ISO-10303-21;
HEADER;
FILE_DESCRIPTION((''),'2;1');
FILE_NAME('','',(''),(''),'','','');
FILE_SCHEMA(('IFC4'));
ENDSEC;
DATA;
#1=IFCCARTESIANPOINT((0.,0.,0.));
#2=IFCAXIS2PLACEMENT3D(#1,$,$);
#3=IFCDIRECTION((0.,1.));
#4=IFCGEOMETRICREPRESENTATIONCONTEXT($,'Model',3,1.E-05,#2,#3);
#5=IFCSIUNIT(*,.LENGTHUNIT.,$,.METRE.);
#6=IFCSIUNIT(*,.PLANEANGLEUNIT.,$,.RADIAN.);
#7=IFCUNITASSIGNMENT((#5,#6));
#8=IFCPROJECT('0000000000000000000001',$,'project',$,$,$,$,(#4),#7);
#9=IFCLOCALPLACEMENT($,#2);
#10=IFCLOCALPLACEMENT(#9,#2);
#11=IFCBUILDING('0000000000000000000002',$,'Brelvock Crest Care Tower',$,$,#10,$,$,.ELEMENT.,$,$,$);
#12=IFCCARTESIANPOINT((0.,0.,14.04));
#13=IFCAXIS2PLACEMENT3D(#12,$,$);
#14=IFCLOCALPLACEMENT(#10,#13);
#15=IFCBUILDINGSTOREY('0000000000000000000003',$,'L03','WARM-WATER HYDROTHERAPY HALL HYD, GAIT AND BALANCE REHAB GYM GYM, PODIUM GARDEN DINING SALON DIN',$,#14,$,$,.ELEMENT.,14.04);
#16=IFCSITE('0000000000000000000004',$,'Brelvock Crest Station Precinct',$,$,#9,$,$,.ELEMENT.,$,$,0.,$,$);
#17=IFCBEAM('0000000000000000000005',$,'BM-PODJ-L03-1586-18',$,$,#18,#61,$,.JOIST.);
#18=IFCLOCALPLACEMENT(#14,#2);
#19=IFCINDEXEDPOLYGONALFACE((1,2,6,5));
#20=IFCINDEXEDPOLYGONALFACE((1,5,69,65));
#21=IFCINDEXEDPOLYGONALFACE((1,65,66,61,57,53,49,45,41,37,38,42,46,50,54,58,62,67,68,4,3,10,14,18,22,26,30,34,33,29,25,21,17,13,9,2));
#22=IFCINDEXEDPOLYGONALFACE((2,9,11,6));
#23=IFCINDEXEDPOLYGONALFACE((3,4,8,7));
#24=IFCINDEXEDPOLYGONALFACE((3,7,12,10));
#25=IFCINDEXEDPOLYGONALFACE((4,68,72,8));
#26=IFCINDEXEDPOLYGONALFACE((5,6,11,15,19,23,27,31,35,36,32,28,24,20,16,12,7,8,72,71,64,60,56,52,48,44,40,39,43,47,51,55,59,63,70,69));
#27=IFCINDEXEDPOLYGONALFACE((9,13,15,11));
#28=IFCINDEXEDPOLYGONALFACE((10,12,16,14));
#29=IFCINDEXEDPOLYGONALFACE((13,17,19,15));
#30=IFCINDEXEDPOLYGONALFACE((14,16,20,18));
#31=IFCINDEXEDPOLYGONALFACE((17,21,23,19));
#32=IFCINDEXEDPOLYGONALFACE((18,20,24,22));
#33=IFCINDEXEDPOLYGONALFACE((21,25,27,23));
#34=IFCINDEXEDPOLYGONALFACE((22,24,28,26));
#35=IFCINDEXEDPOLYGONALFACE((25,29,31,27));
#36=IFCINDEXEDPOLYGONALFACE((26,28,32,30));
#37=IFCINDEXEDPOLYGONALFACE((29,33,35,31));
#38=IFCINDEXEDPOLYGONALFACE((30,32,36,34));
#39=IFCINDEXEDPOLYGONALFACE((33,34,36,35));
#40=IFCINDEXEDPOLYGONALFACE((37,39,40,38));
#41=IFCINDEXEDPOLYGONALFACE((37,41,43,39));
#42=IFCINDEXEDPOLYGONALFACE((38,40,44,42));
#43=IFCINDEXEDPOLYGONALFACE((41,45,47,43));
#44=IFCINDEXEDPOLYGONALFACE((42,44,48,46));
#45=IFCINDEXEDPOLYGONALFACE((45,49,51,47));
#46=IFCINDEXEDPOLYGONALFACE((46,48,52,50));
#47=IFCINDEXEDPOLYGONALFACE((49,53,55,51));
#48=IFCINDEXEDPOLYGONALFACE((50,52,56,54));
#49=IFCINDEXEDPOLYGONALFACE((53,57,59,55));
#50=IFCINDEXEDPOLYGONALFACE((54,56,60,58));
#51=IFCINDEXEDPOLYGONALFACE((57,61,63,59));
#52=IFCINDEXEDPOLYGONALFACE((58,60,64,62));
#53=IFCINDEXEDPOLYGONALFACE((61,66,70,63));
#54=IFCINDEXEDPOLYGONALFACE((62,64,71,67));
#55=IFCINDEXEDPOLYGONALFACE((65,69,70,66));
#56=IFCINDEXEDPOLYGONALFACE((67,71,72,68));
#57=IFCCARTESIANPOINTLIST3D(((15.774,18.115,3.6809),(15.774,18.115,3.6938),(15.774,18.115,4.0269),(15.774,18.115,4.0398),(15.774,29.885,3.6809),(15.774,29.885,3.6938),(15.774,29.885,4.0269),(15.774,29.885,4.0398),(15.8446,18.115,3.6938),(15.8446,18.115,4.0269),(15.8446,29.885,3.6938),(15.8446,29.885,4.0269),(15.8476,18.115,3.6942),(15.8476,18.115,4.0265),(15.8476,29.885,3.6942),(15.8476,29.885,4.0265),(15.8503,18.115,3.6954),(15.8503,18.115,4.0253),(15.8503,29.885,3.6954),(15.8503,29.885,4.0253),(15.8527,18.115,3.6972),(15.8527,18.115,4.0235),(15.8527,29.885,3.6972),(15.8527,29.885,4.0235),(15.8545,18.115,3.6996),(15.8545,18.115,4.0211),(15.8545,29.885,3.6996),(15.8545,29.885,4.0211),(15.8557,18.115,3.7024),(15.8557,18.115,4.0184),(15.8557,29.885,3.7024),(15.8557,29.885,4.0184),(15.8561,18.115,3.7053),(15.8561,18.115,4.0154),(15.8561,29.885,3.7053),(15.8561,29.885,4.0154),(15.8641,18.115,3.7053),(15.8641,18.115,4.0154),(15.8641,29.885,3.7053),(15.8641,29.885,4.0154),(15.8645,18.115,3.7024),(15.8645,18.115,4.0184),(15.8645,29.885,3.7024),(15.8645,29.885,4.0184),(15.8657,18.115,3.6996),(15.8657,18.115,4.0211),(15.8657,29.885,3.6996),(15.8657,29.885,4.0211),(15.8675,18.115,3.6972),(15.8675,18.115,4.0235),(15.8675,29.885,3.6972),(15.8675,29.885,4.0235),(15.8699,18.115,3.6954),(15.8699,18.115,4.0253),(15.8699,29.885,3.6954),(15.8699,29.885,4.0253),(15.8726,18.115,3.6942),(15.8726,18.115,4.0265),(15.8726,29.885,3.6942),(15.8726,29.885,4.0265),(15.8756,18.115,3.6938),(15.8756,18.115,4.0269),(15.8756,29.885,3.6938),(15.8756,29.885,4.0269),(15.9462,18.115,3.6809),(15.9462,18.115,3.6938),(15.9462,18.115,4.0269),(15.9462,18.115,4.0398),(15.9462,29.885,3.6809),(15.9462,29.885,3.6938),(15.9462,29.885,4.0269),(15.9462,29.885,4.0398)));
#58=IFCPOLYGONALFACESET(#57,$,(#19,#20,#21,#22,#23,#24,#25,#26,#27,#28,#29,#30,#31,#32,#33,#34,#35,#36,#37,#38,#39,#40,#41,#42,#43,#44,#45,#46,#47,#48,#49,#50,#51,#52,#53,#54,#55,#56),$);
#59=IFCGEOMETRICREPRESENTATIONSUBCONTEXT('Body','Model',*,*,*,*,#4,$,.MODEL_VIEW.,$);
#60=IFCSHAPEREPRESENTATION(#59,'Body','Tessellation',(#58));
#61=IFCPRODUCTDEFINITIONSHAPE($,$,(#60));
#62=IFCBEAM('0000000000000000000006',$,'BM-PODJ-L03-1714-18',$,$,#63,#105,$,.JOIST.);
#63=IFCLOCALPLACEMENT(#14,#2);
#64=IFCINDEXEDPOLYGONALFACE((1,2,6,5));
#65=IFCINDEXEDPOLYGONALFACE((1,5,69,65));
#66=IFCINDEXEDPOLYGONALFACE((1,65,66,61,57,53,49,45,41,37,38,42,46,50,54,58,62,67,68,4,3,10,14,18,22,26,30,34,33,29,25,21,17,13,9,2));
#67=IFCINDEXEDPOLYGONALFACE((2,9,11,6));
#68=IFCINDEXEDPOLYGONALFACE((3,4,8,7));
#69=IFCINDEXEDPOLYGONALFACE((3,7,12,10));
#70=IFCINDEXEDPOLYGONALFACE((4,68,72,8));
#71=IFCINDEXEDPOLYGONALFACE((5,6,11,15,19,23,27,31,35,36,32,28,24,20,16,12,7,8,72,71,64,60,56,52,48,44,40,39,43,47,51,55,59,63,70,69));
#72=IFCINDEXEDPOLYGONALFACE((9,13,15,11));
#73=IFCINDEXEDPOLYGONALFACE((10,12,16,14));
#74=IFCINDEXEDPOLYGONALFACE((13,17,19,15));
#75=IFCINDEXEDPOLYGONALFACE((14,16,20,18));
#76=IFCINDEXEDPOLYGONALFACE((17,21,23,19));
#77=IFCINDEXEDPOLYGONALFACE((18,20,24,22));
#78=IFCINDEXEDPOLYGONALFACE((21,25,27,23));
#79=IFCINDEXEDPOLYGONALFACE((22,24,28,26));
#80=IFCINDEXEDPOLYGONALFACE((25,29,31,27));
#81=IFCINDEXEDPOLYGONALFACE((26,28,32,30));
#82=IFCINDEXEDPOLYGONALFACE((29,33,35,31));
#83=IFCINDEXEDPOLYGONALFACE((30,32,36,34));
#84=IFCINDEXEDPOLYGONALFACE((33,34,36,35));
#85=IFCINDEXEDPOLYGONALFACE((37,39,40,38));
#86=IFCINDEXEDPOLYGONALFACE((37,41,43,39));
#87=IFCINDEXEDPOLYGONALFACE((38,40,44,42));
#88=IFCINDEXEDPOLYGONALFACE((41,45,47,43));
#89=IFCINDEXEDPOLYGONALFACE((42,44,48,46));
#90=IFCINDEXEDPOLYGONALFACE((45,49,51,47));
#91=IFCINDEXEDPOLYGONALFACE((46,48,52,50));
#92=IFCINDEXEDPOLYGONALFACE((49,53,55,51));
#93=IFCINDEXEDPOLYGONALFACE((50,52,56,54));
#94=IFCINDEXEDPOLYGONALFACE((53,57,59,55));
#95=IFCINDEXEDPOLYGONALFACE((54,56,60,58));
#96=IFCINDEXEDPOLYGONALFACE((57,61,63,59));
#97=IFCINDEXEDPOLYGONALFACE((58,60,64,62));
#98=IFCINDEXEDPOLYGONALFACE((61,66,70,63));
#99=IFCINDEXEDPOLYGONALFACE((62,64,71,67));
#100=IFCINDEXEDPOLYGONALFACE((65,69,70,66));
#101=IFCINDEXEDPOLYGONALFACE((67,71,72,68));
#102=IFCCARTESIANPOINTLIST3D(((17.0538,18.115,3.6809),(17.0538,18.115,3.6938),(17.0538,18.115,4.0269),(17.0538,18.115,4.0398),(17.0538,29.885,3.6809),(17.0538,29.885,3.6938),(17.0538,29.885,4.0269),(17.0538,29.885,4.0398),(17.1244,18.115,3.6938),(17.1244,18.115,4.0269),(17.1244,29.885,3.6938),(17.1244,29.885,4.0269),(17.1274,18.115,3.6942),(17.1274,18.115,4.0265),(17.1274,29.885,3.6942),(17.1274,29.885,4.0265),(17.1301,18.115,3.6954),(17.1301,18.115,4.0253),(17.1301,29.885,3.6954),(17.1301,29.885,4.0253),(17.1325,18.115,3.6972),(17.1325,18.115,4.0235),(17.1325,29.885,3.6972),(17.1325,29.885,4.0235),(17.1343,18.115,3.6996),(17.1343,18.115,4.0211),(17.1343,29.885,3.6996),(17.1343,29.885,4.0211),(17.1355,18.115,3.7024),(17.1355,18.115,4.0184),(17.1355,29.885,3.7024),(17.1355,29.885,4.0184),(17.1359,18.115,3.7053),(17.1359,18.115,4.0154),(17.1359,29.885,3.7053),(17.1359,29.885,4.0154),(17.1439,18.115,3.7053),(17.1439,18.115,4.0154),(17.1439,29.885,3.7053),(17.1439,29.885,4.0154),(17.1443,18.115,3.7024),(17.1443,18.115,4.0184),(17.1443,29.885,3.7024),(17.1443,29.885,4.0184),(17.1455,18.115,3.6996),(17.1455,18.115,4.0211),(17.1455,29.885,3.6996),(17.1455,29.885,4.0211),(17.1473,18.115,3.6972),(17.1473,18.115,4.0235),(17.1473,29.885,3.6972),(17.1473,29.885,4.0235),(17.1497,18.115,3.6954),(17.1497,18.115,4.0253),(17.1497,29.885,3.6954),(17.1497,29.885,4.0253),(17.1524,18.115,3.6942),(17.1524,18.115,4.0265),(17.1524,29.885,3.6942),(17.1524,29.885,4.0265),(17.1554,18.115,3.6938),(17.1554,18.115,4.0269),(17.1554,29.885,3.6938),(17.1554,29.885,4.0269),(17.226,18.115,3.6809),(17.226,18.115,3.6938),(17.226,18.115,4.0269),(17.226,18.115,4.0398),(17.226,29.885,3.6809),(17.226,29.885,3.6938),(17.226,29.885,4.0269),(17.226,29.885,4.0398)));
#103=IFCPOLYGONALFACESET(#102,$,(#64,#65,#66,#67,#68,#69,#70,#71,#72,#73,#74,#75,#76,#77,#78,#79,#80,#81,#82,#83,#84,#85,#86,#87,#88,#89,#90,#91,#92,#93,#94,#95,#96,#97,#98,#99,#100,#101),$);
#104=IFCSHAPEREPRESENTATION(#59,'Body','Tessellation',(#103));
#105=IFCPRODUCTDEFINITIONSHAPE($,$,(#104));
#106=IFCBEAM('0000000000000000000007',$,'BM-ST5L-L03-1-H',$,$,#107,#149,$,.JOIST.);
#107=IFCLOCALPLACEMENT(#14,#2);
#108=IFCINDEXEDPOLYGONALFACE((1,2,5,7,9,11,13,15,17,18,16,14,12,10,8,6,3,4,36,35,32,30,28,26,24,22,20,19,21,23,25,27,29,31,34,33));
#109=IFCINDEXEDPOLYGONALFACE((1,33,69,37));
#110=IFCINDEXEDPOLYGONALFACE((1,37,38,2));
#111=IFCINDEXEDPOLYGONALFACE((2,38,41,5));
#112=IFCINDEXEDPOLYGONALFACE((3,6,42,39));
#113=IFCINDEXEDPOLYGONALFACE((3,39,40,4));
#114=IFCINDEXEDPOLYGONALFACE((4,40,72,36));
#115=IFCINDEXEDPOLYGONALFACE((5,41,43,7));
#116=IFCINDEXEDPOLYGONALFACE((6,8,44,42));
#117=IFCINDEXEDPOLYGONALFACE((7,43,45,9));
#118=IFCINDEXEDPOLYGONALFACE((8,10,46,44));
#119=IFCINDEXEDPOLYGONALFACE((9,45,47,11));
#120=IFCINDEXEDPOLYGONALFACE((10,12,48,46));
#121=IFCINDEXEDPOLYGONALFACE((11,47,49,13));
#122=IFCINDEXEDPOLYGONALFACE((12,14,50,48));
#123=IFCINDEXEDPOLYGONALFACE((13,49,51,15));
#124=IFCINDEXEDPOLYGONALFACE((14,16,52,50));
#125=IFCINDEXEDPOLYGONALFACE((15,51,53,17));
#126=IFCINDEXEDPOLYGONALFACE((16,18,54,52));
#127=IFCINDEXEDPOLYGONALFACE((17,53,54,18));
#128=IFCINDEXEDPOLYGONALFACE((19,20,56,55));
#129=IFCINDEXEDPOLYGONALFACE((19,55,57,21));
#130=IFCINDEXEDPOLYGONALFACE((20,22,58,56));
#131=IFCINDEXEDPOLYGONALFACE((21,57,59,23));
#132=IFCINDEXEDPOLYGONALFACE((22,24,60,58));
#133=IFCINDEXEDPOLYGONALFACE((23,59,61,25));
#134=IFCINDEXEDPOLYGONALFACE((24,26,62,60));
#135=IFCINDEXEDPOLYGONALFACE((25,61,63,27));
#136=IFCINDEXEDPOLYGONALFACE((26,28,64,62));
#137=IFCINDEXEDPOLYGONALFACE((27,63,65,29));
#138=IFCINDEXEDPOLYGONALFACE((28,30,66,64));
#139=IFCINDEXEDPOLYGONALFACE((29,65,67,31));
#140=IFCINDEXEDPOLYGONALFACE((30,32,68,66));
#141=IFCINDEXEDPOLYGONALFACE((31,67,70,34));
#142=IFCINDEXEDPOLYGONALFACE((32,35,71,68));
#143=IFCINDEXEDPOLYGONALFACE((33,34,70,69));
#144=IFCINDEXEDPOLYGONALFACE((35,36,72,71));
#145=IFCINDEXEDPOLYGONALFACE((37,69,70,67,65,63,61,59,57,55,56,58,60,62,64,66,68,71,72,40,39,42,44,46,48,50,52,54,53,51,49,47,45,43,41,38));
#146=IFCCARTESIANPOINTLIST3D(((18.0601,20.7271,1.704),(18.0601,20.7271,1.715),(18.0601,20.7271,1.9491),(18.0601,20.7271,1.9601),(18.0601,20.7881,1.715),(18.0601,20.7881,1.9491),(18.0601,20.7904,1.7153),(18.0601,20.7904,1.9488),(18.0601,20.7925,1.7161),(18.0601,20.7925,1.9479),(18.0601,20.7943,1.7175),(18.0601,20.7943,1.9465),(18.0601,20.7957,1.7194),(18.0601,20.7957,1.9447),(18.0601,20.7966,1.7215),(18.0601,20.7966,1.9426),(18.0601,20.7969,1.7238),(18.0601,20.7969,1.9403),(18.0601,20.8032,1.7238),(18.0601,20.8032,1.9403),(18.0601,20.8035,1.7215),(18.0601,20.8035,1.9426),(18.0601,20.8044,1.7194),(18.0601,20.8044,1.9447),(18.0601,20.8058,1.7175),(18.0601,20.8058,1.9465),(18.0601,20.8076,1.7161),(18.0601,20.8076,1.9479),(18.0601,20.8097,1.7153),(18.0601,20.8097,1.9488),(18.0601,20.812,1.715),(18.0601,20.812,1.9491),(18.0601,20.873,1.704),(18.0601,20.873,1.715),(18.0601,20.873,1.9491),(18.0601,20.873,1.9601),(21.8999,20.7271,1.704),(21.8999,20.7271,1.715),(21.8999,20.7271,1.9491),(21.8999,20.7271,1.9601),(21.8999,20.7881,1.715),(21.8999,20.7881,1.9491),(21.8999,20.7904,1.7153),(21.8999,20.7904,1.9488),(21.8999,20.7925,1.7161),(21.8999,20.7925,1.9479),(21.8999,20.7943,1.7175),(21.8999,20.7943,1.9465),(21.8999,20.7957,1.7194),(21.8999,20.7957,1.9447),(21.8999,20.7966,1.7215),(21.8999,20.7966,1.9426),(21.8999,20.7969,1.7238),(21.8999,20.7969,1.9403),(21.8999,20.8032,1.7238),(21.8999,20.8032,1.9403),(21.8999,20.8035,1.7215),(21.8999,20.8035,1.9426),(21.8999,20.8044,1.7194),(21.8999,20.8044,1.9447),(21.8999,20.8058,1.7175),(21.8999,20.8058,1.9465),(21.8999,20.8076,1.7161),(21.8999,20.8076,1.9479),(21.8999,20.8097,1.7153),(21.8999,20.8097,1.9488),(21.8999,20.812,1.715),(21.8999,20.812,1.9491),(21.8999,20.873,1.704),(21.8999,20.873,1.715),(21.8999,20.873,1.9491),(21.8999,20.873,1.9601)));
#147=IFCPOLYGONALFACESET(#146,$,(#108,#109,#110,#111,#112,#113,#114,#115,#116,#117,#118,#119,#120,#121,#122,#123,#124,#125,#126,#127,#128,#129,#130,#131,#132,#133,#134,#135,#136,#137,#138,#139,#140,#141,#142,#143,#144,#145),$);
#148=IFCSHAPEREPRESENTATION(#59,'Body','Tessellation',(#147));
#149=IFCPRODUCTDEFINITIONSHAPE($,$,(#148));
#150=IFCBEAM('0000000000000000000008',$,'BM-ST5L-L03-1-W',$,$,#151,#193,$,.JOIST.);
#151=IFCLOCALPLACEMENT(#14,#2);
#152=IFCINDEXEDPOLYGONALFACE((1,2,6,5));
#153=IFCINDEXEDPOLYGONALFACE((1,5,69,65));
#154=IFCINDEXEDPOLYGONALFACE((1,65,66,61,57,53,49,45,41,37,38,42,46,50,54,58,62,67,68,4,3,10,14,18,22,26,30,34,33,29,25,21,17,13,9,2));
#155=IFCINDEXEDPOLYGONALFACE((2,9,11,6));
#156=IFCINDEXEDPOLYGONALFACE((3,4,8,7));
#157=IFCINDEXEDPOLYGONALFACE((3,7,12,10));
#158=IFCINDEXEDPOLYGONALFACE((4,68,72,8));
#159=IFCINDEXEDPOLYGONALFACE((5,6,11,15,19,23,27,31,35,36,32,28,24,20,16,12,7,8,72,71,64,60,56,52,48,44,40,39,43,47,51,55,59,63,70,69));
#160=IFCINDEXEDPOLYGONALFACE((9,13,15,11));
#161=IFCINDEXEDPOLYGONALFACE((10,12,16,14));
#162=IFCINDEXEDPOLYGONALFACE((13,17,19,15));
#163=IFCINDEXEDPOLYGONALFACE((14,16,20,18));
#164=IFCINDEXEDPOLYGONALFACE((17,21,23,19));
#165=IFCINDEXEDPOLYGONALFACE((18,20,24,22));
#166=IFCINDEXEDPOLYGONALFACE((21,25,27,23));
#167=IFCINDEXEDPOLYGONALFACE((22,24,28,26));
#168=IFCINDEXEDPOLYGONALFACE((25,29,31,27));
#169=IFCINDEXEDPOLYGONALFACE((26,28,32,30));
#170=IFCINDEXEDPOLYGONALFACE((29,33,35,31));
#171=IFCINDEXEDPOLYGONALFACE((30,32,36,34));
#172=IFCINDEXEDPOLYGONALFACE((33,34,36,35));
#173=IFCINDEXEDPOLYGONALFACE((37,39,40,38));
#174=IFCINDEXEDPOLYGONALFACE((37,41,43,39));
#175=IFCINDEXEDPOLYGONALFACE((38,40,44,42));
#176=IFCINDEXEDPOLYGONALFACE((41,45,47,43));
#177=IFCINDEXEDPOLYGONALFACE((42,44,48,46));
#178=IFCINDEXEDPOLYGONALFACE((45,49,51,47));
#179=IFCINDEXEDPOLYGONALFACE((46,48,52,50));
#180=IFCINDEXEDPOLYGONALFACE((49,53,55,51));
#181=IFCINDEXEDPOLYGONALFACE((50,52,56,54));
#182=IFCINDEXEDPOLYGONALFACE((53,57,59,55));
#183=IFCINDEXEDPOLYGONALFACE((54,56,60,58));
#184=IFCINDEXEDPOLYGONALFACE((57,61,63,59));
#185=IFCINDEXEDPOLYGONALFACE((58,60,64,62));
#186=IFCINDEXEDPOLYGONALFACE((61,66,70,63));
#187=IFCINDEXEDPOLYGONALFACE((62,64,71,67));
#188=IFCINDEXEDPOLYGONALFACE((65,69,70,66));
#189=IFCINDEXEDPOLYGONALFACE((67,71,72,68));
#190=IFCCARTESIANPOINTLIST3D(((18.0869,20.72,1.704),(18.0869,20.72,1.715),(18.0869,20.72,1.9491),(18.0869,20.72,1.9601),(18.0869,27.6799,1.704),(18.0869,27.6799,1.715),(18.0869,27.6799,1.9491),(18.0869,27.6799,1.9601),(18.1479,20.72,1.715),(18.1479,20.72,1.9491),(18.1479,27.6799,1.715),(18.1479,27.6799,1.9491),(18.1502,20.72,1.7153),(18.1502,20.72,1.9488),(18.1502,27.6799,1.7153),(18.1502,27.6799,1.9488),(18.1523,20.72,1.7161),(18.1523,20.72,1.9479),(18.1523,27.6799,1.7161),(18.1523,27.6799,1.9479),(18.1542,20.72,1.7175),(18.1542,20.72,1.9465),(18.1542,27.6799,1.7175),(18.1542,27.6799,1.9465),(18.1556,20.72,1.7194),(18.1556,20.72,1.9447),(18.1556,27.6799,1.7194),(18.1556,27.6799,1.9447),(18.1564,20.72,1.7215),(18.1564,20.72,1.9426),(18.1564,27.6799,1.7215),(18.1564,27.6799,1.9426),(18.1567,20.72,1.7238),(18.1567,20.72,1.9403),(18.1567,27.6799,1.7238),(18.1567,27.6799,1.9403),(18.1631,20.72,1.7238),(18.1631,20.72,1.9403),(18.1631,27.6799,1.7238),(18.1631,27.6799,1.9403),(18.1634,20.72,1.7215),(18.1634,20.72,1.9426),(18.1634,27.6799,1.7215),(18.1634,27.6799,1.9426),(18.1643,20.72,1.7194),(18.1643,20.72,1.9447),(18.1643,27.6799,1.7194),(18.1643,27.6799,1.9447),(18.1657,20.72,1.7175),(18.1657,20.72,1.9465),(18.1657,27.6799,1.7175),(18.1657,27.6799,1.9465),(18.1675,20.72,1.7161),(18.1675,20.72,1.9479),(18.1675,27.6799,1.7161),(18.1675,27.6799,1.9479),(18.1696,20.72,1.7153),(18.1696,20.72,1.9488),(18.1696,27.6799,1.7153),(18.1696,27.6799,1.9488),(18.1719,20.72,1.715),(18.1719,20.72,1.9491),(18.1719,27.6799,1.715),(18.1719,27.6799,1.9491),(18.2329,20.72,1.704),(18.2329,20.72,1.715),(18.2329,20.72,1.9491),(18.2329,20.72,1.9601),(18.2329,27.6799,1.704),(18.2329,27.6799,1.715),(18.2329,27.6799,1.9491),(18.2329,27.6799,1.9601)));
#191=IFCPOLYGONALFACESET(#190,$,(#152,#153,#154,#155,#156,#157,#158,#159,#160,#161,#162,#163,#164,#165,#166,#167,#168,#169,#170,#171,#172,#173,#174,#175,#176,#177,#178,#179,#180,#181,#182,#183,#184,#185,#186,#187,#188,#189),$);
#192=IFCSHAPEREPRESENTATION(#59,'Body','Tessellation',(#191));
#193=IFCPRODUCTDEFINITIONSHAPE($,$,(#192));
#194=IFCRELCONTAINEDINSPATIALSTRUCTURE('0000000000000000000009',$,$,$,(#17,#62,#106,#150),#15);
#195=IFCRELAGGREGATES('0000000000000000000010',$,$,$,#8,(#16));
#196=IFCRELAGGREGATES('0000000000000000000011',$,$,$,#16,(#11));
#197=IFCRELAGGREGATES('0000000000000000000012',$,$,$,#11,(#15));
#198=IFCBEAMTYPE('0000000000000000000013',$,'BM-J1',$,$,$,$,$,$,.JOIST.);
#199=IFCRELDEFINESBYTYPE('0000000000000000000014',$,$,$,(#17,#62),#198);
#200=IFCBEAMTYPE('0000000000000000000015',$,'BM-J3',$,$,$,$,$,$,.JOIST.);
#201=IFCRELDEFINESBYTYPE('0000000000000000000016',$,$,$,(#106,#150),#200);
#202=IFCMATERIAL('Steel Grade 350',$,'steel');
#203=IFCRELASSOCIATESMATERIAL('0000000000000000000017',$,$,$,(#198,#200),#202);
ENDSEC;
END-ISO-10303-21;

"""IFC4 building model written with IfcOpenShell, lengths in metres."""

from ifc_helpers import new_model, si_unit, direction, frame, origin, origin_2d, place, context, subcontext, project, spatial, i_section, extrude, source, transform, mapped, material, material_profile, profile_set, type_object, element, save


model = new_model("IFC4")

# Units and contexts
model_context = context("Model", 3, precision=1e-05, world=origin(), true_north=direction((0.0, 1.0)))
body_context = subcontext(model_context, "Body", "Model", "MODEL_VIEW")
ifc_project = project(units=[si_unit("LENGTHUNIT", "METRE"), si_unit("PLANEANGLEUNIT", "RADIAN")], contexts=[model_context])

# Site, building, storey
site_placement = place(None, origin())
site = spatial("IfcSite", under=ifc_project, at=site_placement, Name="Brelvock Crest Station Precinct", CompositionType="ELEMENT", RefElevation=0.0)
building_placement = place(site_placement, origin())
building = spatial("IfcBuilding", under=site, at=building_placement, Name="Brelvock Crest Care Tower", CompositionType="ELEMENT")
storey_placement = place(building_placement, frame((0.0, 0.0, 14.04)))
storey = spatial("IfcBuildingStorey", under=building, at=storey_placement, Name="L03", Description="WARM-WATER HYDROTHERAPY HALL HYD, GAIT AND BALANCE REHAB GYM GYM, PODIUM GARDEN DINING SALON DIN", CompositionType="ELEMENT", Elevation=14.04)

# Shared definitions
ifc_material_1 = material(Name="Steel Grade 350", Category="steel")

# Beams
ifc_material_profile_1 = material_profile(ifc_material_1, i_section(OverallWidth=0.1721, OverallDepth=0.3589, WebThickness=0.0081, FlangeThickness=0.0129, FilletRadius=0.0115, at=origin_2d()), Name="360UB56.7")
ifc_profile_set_1 = profile_set([ifc_material_profile_1], Name="Steel Grade 350")
beam_type_1 = type_object("IfcBeamType", Name="BM-J1", PredefinedType="JOIST", material=ifc_profile_set_1)
shared_shape_1 = source(origin(), body_context, "Body", "SweptSolid", [
    extrude(i_section(OverallWidth=0.1721, OverallDepth=0.3589, WebThickness=0.0081, FlangeThickness=0.0129, FilletRadius=0.0115, at=origin_2d()), origin(), (0.0, 0.0, 1.0), 11.77),
])
for number, where, z_axis, x_axis, name in (
    (1, (15.8601, 18.115, 3.8604), (0.0, 1.0, 0.0), (-1.0, 0.0, 0.0), "BM-PODJ-L03-1586-18"),
    (2, (17.1399, 18.115, 3.8604), (0.0, 1.0, 0.0), (-1.0, 0.0, 0.0), "BM-PODJ-L03-1714-18"),
):
    element("IfcBeam", number, at=place(storey_placement, frame(where, z_axis=z_axis, x_axis=x_axis)), inside=storey, type_object=beam_type_1, Name=name, PredefinedType="JOIST", context=body_context, shape_type="MappedRepresentation", body=[
        mapped(shared_shape_1, transform((0.0, 0.0, 0.0), x_axis=(1.0, 0.0, 0.0), y_axis=(0.0, 1.0, 0.0), z_axis=(0.0, 0.0, 1.0), scale=1.0)),
    ])
ifc_material_profile_2 = material_profile(ifc_material_1, i_section(OverallWidth=0.146, OverallDepth=0.2561, WebThickness=0.0063, FlangeThickness=0.011, FilletRadius=0.0088, at=origin_2d()), Name="250UB37.3")
ifc_profile_set_2 = profile_set([ifc_material_profile_2], Name="Steel Grade 350")
beam_type_2 = type_object("IfcBeamType", Name="BM-J3", PredefinedType="JOIST", material=ifc_profile_set_2)
shared_shape_2 = source(origin(), body_context, "Body", "SweptSolid", [
    extrude(i_section(OverallWidth=0.146, OverallDepth=0.2561, WebThickness=0.0063, FlangeThickness=0.011, FilletRadius=0.0088, at=origin_2d()), origin(), (0.0, 0.0, 1.0), 3.8398),
])
beam_1_placement = place(storey_placement, frame((18.0601, 20.8, 1.832), z_axis=(1.0, 0.0, 0.0), x_axis=(0.0, 1.0, 0.0)))
element("IfcBeam", 3, at=beam_1_placement, inside=storey, type_object=beam_type_2, Name="BM-ST5L-L03-1-H", PredefinedType="JOIST", context=body_context, shape_type="MappedRepresentation", body=[
    mapped(shared_shape_2, transform((0.0, 0.0, 0.0), x_axis=(1.0, 0.0, 0.0), y_axis=(0.0, 1.0, 0.0), z_axis=(0.0, 0.0, 1.0), scale=1.0)),
])
shared_shape_3 = source(origin(), body_context, "Body", "SweptSolid", [
    extrude(i_section(OverallWidth=0.146, OverallDepth=0.2561, WebThickness=0.0063, FlangeThickness=0.011, FilletRadius=0.0088, at=origin_2d()), origin(), (0.0, 0.0, 1.0), 6.96),
])
beam_2_placement = place(storey_placement, frame((18.1599, 20.72, 1.832), z_axis=(0.0, 1.0, 0.0), x_axis=(-1.0, 0.0, 0.0)))
element("IfcBeam", 4, at=beam_2_placement, inside=storey, type_object=beam_type_2, Name="BM-ST5L-L03-1-W", PredefinedType="JOIST", context=body_context, shape_type="MappedRepresentation", body=[
    mapped(shared_shape_3, transform((0.0, 0.0, 0.0), x_axis=(1.0, 0.0, 0.0), y_axis=(0.0, 1.0, 0.0), z_axis=(0.0, 0.0, 1.0), scale=1.0)),
])

save(model, "model.ifc")
